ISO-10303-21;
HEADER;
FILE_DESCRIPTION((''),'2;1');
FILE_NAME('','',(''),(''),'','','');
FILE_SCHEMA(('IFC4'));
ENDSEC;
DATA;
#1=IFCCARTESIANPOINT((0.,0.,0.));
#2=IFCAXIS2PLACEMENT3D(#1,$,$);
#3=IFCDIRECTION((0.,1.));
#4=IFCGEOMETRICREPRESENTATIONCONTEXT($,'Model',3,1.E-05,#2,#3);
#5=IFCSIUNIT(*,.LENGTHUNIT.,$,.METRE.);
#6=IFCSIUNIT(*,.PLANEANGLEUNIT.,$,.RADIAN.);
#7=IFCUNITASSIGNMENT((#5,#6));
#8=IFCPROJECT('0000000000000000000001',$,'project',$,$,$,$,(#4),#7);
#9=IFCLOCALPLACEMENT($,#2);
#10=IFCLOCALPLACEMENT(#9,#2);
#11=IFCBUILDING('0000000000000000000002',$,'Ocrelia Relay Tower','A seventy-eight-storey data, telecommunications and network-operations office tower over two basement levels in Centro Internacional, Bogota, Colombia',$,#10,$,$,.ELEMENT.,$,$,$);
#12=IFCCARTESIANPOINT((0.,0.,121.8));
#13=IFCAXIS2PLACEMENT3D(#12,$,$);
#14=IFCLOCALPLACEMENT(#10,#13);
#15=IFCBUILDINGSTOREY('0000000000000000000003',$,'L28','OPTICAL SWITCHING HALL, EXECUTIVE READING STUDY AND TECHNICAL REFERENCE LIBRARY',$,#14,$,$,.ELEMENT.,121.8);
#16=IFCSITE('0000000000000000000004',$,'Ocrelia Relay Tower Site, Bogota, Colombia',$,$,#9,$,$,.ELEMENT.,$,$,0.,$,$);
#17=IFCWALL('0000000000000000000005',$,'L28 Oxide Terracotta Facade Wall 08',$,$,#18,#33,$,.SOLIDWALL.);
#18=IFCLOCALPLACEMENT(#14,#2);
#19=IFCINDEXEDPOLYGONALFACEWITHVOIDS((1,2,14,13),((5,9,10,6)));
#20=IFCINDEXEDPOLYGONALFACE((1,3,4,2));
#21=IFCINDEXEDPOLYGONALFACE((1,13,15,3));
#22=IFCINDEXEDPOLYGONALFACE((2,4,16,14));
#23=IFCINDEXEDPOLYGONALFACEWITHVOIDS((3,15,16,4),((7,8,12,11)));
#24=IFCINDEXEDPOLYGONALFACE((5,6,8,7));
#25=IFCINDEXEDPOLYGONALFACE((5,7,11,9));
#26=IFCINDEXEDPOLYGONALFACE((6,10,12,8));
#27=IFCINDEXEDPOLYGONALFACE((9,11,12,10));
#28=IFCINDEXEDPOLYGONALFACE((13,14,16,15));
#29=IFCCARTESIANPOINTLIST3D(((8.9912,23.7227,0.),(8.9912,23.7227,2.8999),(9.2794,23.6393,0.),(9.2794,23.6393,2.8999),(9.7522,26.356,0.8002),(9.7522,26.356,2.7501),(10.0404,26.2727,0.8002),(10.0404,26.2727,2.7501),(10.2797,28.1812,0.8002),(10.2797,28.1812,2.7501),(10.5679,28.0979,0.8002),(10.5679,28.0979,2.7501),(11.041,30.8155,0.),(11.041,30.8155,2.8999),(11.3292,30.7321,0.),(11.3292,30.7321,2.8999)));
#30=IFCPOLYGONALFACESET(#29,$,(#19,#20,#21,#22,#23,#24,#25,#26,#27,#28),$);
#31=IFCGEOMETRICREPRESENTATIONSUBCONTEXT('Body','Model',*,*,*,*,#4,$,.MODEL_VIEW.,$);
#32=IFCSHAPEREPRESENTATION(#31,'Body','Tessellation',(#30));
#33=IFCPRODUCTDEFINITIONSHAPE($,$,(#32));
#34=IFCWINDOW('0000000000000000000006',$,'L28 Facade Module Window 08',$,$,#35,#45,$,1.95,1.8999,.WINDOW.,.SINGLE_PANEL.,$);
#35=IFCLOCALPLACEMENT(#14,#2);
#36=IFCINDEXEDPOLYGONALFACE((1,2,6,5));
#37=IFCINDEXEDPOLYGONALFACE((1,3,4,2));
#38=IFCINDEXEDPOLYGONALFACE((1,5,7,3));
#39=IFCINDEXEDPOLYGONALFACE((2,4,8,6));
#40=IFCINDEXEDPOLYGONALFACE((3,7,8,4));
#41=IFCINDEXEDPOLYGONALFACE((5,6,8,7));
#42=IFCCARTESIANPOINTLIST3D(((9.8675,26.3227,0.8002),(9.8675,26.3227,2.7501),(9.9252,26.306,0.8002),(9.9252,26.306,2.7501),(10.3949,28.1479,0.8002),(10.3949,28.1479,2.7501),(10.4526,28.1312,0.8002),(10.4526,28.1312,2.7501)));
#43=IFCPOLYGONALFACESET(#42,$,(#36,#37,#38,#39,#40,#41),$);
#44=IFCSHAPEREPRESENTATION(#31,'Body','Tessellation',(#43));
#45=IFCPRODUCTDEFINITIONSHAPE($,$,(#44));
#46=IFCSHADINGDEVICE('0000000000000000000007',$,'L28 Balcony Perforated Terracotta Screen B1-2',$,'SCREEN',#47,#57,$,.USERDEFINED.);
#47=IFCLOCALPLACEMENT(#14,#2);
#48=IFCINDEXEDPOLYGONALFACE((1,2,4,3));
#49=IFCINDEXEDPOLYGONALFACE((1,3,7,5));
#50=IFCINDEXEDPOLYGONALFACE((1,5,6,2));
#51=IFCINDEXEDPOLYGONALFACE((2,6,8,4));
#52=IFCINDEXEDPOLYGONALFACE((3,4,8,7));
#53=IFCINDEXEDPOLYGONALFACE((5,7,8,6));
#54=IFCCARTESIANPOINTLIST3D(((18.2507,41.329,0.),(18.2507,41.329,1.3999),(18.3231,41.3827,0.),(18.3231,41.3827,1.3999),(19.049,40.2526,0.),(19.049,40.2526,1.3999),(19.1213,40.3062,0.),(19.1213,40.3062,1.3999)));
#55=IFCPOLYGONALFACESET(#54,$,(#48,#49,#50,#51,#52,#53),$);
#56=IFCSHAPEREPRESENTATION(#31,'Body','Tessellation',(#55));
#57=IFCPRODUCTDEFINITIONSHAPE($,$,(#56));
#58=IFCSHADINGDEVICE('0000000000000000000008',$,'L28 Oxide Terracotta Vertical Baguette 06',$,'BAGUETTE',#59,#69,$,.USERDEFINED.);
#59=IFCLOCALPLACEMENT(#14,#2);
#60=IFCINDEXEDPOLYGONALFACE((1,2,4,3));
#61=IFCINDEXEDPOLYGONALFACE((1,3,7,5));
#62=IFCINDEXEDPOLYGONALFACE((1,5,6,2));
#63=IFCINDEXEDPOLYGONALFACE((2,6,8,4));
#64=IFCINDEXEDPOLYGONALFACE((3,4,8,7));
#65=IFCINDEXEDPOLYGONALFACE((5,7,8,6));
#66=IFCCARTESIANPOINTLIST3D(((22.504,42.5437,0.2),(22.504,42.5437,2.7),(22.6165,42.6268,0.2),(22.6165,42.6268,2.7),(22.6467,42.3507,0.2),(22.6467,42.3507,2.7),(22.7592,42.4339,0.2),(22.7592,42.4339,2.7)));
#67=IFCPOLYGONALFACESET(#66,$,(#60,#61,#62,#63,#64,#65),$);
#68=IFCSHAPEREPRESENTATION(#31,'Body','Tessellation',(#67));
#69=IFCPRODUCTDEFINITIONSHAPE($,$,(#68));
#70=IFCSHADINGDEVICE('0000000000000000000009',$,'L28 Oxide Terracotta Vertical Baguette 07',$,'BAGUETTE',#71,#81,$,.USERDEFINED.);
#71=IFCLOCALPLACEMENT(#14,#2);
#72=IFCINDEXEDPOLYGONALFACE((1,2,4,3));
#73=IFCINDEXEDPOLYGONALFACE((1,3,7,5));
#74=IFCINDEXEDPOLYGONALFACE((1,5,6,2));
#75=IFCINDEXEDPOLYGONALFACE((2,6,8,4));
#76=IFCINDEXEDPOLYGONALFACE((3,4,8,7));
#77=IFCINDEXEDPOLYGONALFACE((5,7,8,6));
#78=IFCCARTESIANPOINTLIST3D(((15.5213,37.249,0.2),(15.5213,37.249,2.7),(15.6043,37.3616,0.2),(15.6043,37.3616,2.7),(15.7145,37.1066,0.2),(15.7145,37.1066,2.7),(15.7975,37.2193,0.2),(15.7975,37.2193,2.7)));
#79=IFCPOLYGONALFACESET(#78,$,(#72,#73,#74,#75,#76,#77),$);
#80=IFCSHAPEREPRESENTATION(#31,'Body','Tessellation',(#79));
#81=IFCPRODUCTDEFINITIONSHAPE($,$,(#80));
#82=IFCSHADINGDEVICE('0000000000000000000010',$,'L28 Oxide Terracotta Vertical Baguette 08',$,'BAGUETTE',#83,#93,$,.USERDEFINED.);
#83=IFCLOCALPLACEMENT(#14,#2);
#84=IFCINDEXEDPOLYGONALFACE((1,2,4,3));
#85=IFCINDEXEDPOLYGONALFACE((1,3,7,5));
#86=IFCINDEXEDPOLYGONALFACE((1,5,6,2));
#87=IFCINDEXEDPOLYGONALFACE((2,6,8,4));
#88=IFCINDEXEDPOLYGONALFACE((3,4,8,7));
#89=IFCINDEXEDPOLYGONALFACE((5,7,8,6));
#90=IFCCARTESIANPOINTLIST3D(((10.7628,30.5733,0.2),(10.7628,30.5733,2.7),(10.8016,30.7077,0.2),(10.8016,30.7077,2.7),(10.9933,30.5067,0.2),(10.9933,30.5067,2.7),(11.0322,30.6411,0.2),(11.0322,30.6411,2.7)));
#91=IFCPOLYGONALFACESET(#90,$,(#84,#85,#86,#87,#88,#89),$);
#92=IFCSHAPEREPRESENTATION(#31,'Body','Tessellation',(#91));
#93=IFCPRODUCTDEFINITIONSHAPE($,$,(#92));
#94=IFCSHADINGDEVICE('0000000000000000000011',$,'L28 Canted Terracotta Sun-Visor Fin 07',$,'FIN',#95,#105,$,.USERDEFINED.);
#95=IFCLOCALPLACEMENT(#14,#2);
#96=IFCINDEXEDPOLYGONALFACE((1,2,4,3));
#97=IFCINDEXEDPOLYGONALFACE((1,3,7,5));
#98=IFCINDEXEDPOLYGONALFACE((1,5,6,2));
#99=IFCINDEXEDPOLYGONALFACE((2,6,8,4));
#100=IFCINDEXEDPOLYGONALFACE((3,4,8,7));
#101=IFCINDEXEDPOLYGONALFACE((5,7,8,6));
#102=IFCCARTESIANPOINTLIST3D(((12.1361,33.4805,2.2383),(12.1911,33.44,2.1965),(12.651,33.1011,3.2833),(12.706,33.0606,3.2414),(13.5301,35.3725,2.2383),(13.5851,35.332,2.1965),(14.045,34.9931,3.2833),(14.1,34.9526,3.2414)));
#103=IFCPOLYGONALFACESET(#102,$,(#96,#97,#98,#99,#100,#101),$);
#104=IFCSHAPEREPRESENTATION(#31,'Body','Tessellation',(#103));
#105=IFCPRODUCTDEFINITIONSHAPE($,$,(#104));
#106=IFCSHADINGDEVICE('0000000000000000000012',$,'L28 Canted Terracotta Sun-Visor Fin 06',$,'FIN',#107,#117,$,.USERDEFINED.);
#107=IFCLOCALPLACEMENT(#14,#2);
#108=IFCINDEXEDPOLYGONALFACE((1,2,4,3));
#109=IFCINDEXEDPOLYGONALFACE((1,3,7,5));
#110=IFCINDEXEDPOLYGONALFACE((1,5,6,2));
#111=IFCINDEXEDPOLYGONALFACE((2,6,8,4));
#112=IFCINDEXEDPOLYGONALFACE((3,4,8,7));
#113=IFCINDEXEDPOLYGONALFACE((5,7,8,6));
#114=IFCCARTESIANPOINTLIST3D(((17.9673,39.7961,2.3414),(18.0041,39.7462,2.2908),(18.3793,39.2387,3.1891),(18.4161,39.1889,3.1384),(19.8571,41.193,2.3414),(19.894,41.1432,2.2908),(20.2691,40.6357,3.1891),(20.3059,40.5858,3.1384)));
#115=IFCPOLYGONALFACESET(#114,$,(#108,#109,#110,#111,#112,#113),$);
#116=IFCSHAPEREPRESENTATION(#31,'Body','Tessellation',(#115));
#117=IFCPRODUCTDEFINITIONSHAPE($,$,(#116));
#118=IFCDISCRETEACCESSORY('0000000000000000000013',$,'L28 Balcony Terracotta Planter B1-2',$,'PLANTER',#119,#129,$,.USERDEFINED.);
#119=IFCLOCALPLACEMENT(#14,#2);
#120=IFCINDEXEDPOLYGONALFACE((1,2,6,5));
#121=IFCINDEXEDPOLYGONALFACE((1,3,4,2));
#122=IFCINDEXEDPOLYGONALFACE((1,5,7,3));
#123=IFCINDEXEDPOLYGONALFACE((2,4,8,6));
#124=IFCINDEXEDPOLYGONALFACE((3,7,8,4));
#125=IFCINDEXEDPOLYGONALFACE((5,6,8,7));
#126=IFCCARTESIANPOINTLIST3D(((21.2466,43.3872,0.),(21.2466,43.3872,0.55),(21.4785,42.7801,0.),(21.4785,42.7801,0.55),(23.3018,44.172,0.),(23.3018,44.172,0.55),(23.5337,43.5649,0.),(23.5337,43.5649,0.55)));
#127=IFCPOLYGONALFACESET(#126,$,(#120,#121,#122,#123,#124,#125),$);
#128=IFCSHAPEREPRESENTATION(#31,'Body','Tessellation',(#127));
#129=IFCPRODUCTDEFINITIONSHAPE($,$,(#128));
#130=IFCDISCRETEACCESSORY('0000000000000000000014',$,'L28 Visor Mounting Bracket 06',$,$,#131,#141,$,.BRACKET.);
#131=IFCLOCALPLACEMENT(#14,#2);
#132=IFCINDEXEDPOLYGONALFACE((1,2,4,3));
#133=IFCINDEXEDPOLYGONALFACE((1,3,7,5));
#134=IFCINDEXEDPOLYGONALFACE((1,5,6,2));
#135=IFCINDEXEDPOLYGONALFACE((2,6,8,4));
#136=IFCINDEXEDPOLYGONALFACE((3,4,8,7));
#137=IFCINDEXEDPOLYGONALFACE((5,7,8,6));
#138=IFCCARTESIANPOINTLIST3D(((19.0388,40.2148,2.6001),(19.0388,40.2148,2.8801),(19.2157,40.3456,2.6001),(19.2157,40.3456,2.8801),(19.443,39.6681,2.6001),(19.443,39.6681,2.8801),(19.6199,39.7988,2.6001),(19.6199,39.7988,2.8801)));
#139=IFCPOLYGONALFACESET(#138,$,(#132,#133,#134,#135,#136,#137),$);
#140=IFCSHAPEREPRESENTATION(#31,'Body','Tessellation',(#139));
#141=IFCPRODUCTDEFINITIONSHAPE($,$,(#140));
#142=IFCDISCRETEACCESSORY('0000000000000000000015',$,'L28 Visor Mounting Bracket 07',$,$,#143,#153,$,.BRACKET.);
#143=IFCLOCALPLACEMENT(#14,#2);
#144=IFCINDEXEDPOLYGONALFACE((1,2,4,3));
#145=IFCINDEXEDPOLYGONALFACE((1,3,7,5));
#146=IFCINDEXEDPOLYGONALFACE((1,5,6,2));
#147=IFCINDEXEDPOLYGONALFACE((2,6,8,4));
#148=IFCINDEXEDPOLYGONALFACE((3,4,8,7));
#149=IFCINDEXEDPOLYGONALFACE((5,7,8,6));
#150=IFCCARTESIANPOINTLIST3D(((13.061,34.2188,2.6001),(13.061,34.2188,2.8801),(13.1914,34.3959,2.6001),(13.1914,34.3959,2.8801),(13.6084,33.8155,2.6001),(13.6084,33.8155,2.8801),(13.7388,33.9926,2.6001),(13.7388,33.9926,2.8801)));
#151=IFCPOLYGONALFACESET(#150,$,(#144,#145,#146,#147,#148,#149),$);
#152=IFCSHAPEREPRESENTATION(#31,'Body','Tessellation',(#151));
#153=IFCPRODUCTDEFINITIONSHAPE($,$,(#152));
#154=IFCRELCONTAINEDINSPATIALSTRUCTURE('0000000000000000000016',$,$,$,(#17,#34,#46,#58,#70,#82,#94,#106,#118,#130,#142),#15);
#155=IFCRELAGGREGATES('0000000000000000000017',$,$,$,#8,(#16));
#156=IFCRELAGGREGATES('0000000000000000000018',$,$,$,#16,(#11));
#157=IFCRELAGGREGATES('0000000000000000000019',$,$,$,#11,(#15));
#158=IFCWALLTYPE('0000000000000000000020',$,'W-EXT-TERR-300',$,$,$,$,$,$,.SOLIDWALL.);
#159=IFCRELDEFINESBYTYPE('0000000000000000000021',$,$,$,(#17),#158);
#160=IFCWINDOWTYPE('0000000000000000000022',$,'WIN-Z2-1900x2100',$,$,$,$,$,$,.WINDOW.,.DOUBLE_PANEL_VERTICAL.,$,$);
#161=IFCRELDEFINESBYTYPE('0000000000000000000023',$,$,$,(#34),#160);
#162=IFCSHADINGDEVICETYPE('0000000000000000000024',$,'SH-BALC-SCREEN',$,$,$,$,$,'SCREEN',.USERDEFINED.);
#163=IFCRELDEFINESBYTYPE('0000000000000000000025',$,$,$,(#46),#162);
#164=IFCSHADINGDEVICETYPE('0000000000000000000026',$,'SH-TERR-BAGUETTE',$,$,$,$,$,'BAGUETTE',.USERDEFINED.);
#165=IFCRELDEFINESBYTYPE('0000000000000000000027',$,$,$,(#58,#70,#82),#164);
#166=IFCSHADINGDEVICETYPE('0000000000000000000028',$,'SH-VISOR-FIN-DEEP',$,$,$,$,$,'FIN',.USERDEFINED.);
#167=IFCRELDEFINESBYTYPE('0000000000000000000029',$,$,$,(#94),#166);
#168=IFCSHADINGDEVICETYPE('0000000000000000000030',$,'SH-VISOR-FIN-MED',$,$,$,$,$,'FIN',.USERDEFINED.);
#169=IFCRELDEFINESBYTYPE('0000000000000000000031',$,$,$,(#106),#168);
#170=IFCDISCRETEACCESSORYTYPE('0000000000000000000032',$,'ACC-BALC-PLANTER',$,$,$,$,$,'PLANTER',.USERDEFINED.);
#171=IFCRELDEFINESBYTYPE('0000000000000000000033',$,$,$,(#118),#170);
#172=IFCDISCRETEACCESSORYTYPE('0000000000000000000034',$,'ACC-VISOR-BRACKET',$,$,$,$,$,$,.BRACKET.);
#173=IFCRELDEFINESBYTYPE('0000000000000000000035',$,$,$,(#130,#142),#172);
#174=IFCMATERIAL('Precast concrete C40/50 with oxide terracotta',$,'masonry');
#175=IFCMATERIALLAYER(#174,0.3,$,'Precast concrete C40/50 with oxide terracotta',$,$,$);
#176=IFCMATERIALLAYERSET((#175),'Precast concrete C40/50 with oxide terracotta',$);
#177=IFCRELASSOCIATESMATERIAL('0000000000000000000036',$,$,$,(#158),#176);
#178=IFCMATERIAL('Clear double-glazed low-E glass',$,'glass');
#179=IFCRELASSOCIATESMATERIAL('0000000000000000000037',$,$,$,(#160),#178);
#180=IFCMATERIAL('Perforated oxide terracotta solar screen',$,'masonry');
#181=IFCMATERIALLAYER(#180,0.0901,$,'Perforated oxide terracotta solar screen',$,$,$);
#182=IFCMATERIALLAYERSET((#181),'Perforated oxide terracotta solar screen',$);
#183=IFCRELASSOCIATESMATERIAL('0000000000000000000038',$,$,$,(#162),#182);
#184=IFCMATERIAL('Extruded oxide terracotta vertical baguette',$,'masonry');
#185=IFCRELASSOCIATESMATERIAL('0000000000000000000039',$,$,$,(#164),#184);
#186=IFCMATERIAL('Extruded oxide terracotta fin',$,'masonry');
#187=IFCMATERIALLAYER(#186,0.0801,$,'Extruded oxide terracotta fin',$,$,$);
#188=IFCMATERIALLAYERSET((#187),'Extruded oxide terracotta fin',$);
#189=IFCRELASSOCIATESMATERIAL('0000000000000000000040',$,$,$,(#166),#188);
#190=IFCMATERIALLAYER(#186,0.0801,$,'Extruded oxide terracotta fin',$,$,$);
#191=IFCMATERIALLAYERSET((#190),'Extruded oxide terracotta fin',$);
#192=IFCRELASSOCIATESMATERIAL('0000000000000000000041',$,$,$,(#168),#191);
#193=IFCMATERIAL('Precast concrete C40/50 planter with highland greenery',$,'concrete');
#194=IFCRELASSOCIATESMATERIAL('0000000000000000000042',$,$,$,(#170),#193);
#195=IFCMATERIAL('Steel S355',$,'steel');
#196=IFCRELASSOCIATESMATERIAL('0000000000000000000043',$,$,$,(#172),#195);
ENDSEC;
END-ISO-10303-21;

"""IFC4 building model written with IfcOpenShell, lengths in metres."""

from ifc_helpers import new_model, si_unit, direction, frame, frame_2d, origin, origin_2d, place, context, subcontext, project, spatial, rectangle, extrude, material, layer, layer_set, type_object, element, fill, save


model = new_model("IFC4")

# Units and contexts
model_context = context("Model", 3, precision=1e-05, world=origin(), true_north=direction((0.0, 1.0)))
body_context = subcontext(model_context, "Body", "Model", "MODEL_VIEW")
ifc_project = project(units=[si_unit("LENGTHUNIT", "METRE"), si_unit("PLANEANGLEUNIT", "RADIAN")], contexts=[model_context])

# Site, building, storey
site_placement = place(None, origin())
site = spatial("IfcSite", under=ifc_project, at=site_placement, Name="Ocrelia Relay Tower Site, Bogota, Colombia", CompositionType="ELEMENT", RefElevation=0.0)
building_placement = place(site_placement, origin())
building = spatial("IfcBuilding", under=site, at=building_placement, Name="Ocrelia Relay Tower", Description="A seventy-eight-storey data, telecommunications and network-operations office tower over two basement levels in Centro Internacional, Bogota, Colombia", CompositionType="ELEMENT")
storey_placement = place(building_placement, frame((0.0, 0.0, 121.8)))
storey = spatial("IfcBuildingStorey", under=building, at=storey_placement, Name="L28", Description="OPTICAL SWITCHING HALL, EXECUTIVE READING STUDY AND TECHNICAL REFERENCE LIBRARY", CompositionType="ELEMENT", Elevation=121.8)

# Shared definitions
ifc_material_1 = material(Name="Steel S355", Category="steel")

# Wall, opening, window
ifc_material_2 = material(Name="Precast concrete C40/50 with oxide terracotta", Category="masonry")
ifc_layer_1 = layer(ifc_material_2, 0.3, Name="Precast concrete C40/50 with oxide terracotta")
ifc_layer_set_1 = layer_set([ifc_layer_1], Name="Precast concrete C40/50 with oxide terracotta")
wall_type_1 = type_object("IfcWallType", Name="W-EXT-TERR-300", PredefinedType="SOLIDWALL", material=ifc_layer_set_1)
ifc_material_3 = material(Name="Clear double-glazed low-E glass", Category="glass")
window_type = type_object("IfcWindowType", Name="WIN-Z2-1900x2100", PartitioningType="DOUBLE_PANEL_VERTICAL", PredefinedType="WINDOW", material=ifc_material_3)
wall_1_placement = place(storey_placement, frame((11.1851, 30.7737, 0.0), z_axis=(0.0, 0.0, 1.0), x_axis=(-0.277637, -0.960686, 0.0)))
wall_1 = element("IfcWall", 1, at=wall_1_placement, inside=storey, type_object=wall_type_1, Name="L28 Oxide Terracotta Facade Wall 08", PredefinedType="SOLIDWALL", context=body_context, shape_type="SweptSolid", body=[
    extrude(rectangle(XDim=7.3831, YDim=0.3, at=frame_2d((3.6914, 0.0))), origin(), (0.0, 0.0, 1.0), 2.8999),
])
opening_1_placement = place(wall_1_placement, frame((2.7419, 0.0, 0.8)))
opening_1 = element("IfcOpeningElement", 2, at=opening_1_placement, cuts=wall_1, PredefinedType="OPENING", context=body_context, shape_type="SweptSolid", body=[
    extrude(rectangle(XDim=1.8999, YDim=1.95, at=frame_2d((0.95, 0.9751))), frame((0.0, 0.1602, 0.0), z_axis=(0.0, -1.0, 0.0), x_axis=(1.0, 0.0, 0.0)), (0.0, 0.0, 1.0), 0.3201),
])
window_1_placement = place(opening_1_placement, origin())
window_1 = element("IfcWindow", 3, at=window_1_placement, inside=storey, type_object=window_type, Name="L28 Facade Module Window 08", OverallHeight=1.95, OverallWidth=1.8999, PartitioningType="SINGLE_PANEL", PredefinedType="WINDOW", context=body_context, shape_type="SweptSolid", body=[
    extrude(rectangle(XDim=1.8999, YDim=1.95, at=frame_2d((0.95, 0.9751))), frame((0.0, 0.03, 0.0), z_axis=(0.0, -1.0, 0.0), x_axis=(1.0, 0.0, 0.0)), (0.0, 0.0, 1.0), 0.0601),
])
fill(opening_1, window_1)

# Shading devices
ifc_material_4 = material(Name="Perforated oxide terracotta solar screen", Category="masonry")
ifc_layer_2 = layer(ifc_material_4, 0.0901, Name="Perforated oxide terracotta solar screen")
ifc_layer_set_2 = layer_set([ifc_layer_2], Name="Perforated oxide terracotta solar screen")
shading_device_type_1 = type_object("IfcShadingDeviceType", Name="SH-BALC-SCREEN", ElementType="SCREEN", PredefinedType="USERDEFINED", material=ifc_layer_set_2)
shading_device_1_placement = place(storey_placement, frame((18.686, 40.8176, 0.0), z_axis=(0.0, 0.0, 1.0), x_axis=(-0.595639, 0.803252, 0.0)))
element("IfcShadingDevice", 4, at=shading_device_1_placement, inside=storey, type_object=shading_device_type_1, Name="L28 Balcony Perforated Terracotta Screen B1-2", ObjectType="SCREEN", PredefinedType="USERDEFINED", context=body_context, shape_type="SweptSolid", body=[
    extrude(rectangle(XDim=1.3401, YDim=0.0901, at=origin_2d()), origin(), (0.0, 0.0, 1.0), 1.3999),
])
ifc_material_5 = material(Name="Extruded oxide terracotta vertical baguette", Category="masonry")
shading_device_type_2 = type_object("IfcShadingDeviceType", Name="SH-TERR-BAGUETTE", ElementType="BAGUETTE", PredefinedType="USERDEFINED", material=ifc_material_5)
for number, where, z_axis, x_axis, name in (
    (5, (22.6316, 42.4888, 0.2), (0.0, 0.0, 1.0), (-0.804154, -0.594422, 0.0), "L28 Oxide Terracotta Vertical Baguette 06"),
    (6, (15.6594, 37.2341, 0.2), (0.0, 0.0, 1.0), (-0.593171, -0.805076, 0.0), "L28 Oxide Terracotta Vertical Baguette 07"),
    (7, (10.8975, 30.6072, 0.2), (0.0, 0.0, 1.0), (-0.277641, -0.960685, 0.0), "L28 Oxide Terracotta Vertical Baguette 08"),
):
    element("IfcShadingDevice", number, at=place(storey_placement, frame(where, z_axis=z_axis, x_axis=x_axis)), inside=storey, type_object=shading_device_type_2, Name=name, ObjectType="BAGUETTE", PredefinedType="USERDEFINED", context=body_context, shape_type="SweptSolid", body=[
        extrude(rectangle(XDim=0.1399, YDim=0.24, at=origin_2d()), origin(), (0.0, 0.0, 1.0), 2.5),
    ])
ifc_material_6 = material(Name="Extruded oxide terracotta fin", Category="masonry")
ifc_layer_3 = layer(ifc_material_6, 0.0801, Name="Extruded oxide terracotta fin")
ifc_layer_set_3 = layer_set([ifc_layer_3], Name="Extruded oxide terracotta fin")
shading_device_type_3 = type_object("IfcShadingDeviceType", Name="SH-VISOR-FIN-DEEP", ElementType="FIN", PredefinedType="USERDEFINED", material=ifc_layer_set_3)
shading_device_2_placement = place(storey_placement, frame((13.1455, 34.1963, 2.719), z_axis=(-0.686661, 0.505924, 0.522052), x_axis=(-0.593171, -0.805076, 0.0)))
element("IfcShadingDevice", 8, at=shading_device_2_placement, inside=storey, type_object=shading_device_type_3, Name="L28 Canted Terracotta Sun-Visor Fin 07", ObjectType="FIN", PredefinedType="USERDEFINED", context=body_context, shape_type="SweptSolid", body=[
    extrude(rectangle(XDim=2.3501, YDim=1.2251, at=origin_2d()), origin(), (0.0, 0.0, 1.0), 0.0801),
])
ifc_layer_4 = layer(ifc_material_6, 0.0801, Name="Extruded oxide terracotta fin")
ifc_layer_set_4 = layer_set([ifc_layer_4], Name="Extruded oxide terracotta fin")
shading_device_type_4 = type_object("IfcShadingDeviceType", Name="SH-VISOR-FIN-MED", ElementType="FIN", PredefinedType="USERDEFINED", material=ifc_layer_set_4)
shading_device_3_placement = place(storey_placement, frame((19.155, 40.166, 2.7146), z_axis=(-0.460184, 0.622553, 0.632976), x_axis=(-0.804154, -0.594422, 0.0)))
element("IfcShadingDevice", 9, at=shading_device_3_placement, inside=storey, type_object=shading_device_type_4, Name="L28 Canted Terracotta Sun-Visor Fin 06", ObjectType="FIN", PredefinedType="USERDEFINED", context=body_context, shape_type="SweptSolid", body=[
    extrude(rectangle(XDim=2.3501, YDim=1.095, at=origin_2d()), origin(), (0.0, 0.0, 1.0), 0.0801),
])

# Discrete accessories
ifc_material_7 = material(Name="Precast concrete C40/50 planter with highland greenery", Category="concrete")
discrete_accessory_type_1 = type_object("IfcDiscreteAccessoryType", Name="ACC-BALC-PLANTER", ElementType="PLANTER", PredefinedType="USERDEFINED", material=ifc_material_7)
discrete_accessory_placement = place(storey_placement, frame((22.3901, 43.4761, 0.0), z_axis=(0.0, 0.0, 1.0), x_axis=(0.934206, 0.356733, 0.0)))
element("IfcDiscreteAccessory", 10, at=discrete_accessory_placement, inside=storey, type_object=discrete_accessory_type_1, Name="L28 Balcony Terracotta Planter B1-2", ObjectType="PLANTER", PredefinedType="USERDEFINED", context=body_context, shape_type="SweptSolid", body=[
    extrude(rectangle(XDim=2.2, YDim=0.6499, at=origin_2d()), origin(), (0.0, 0.0, 1.0), 0.55),
])
discrete_accessory_type_2 = type_object("IfcDiscreteAccessoryType", Name="ACC-VISOR-BRACKET", PredefinedType="BRACKET", material=ifc_material_1)
for number, where, z_axis, x_axis, name in (
    (11, (19.3293, 40.0068, 2.6001), (0.0, 0.0, 1.0), (-0.804154, -0.594422, 0.0), "L28 Visor Mounting Bracket 06"),
    (12, (13.3999, 34.1057, 2.6001), (0.0, 0.0, 1.0), (-0.593171, -0.805076, 0.0), "L28 Visor Mounting Bracket 07"),
):
    element("IfcDiscreteAccessory", number, at=place(storey_placement, frame(where, z_axis=z_axis, x_axis=x_axis)), inside=storey, type_object=discrete_accessory_type_2, Name=name, PredefinedType="BRACKET", context=body_context, shape_type="SweptSolid", body=[
        extrude(rectangle(XDim=0.22, YDim=0.6799, at=origin_2d()), origin(), (0.0, 0.0, 1.0), 0.28),
    ])

save(model, "model.ifc")
